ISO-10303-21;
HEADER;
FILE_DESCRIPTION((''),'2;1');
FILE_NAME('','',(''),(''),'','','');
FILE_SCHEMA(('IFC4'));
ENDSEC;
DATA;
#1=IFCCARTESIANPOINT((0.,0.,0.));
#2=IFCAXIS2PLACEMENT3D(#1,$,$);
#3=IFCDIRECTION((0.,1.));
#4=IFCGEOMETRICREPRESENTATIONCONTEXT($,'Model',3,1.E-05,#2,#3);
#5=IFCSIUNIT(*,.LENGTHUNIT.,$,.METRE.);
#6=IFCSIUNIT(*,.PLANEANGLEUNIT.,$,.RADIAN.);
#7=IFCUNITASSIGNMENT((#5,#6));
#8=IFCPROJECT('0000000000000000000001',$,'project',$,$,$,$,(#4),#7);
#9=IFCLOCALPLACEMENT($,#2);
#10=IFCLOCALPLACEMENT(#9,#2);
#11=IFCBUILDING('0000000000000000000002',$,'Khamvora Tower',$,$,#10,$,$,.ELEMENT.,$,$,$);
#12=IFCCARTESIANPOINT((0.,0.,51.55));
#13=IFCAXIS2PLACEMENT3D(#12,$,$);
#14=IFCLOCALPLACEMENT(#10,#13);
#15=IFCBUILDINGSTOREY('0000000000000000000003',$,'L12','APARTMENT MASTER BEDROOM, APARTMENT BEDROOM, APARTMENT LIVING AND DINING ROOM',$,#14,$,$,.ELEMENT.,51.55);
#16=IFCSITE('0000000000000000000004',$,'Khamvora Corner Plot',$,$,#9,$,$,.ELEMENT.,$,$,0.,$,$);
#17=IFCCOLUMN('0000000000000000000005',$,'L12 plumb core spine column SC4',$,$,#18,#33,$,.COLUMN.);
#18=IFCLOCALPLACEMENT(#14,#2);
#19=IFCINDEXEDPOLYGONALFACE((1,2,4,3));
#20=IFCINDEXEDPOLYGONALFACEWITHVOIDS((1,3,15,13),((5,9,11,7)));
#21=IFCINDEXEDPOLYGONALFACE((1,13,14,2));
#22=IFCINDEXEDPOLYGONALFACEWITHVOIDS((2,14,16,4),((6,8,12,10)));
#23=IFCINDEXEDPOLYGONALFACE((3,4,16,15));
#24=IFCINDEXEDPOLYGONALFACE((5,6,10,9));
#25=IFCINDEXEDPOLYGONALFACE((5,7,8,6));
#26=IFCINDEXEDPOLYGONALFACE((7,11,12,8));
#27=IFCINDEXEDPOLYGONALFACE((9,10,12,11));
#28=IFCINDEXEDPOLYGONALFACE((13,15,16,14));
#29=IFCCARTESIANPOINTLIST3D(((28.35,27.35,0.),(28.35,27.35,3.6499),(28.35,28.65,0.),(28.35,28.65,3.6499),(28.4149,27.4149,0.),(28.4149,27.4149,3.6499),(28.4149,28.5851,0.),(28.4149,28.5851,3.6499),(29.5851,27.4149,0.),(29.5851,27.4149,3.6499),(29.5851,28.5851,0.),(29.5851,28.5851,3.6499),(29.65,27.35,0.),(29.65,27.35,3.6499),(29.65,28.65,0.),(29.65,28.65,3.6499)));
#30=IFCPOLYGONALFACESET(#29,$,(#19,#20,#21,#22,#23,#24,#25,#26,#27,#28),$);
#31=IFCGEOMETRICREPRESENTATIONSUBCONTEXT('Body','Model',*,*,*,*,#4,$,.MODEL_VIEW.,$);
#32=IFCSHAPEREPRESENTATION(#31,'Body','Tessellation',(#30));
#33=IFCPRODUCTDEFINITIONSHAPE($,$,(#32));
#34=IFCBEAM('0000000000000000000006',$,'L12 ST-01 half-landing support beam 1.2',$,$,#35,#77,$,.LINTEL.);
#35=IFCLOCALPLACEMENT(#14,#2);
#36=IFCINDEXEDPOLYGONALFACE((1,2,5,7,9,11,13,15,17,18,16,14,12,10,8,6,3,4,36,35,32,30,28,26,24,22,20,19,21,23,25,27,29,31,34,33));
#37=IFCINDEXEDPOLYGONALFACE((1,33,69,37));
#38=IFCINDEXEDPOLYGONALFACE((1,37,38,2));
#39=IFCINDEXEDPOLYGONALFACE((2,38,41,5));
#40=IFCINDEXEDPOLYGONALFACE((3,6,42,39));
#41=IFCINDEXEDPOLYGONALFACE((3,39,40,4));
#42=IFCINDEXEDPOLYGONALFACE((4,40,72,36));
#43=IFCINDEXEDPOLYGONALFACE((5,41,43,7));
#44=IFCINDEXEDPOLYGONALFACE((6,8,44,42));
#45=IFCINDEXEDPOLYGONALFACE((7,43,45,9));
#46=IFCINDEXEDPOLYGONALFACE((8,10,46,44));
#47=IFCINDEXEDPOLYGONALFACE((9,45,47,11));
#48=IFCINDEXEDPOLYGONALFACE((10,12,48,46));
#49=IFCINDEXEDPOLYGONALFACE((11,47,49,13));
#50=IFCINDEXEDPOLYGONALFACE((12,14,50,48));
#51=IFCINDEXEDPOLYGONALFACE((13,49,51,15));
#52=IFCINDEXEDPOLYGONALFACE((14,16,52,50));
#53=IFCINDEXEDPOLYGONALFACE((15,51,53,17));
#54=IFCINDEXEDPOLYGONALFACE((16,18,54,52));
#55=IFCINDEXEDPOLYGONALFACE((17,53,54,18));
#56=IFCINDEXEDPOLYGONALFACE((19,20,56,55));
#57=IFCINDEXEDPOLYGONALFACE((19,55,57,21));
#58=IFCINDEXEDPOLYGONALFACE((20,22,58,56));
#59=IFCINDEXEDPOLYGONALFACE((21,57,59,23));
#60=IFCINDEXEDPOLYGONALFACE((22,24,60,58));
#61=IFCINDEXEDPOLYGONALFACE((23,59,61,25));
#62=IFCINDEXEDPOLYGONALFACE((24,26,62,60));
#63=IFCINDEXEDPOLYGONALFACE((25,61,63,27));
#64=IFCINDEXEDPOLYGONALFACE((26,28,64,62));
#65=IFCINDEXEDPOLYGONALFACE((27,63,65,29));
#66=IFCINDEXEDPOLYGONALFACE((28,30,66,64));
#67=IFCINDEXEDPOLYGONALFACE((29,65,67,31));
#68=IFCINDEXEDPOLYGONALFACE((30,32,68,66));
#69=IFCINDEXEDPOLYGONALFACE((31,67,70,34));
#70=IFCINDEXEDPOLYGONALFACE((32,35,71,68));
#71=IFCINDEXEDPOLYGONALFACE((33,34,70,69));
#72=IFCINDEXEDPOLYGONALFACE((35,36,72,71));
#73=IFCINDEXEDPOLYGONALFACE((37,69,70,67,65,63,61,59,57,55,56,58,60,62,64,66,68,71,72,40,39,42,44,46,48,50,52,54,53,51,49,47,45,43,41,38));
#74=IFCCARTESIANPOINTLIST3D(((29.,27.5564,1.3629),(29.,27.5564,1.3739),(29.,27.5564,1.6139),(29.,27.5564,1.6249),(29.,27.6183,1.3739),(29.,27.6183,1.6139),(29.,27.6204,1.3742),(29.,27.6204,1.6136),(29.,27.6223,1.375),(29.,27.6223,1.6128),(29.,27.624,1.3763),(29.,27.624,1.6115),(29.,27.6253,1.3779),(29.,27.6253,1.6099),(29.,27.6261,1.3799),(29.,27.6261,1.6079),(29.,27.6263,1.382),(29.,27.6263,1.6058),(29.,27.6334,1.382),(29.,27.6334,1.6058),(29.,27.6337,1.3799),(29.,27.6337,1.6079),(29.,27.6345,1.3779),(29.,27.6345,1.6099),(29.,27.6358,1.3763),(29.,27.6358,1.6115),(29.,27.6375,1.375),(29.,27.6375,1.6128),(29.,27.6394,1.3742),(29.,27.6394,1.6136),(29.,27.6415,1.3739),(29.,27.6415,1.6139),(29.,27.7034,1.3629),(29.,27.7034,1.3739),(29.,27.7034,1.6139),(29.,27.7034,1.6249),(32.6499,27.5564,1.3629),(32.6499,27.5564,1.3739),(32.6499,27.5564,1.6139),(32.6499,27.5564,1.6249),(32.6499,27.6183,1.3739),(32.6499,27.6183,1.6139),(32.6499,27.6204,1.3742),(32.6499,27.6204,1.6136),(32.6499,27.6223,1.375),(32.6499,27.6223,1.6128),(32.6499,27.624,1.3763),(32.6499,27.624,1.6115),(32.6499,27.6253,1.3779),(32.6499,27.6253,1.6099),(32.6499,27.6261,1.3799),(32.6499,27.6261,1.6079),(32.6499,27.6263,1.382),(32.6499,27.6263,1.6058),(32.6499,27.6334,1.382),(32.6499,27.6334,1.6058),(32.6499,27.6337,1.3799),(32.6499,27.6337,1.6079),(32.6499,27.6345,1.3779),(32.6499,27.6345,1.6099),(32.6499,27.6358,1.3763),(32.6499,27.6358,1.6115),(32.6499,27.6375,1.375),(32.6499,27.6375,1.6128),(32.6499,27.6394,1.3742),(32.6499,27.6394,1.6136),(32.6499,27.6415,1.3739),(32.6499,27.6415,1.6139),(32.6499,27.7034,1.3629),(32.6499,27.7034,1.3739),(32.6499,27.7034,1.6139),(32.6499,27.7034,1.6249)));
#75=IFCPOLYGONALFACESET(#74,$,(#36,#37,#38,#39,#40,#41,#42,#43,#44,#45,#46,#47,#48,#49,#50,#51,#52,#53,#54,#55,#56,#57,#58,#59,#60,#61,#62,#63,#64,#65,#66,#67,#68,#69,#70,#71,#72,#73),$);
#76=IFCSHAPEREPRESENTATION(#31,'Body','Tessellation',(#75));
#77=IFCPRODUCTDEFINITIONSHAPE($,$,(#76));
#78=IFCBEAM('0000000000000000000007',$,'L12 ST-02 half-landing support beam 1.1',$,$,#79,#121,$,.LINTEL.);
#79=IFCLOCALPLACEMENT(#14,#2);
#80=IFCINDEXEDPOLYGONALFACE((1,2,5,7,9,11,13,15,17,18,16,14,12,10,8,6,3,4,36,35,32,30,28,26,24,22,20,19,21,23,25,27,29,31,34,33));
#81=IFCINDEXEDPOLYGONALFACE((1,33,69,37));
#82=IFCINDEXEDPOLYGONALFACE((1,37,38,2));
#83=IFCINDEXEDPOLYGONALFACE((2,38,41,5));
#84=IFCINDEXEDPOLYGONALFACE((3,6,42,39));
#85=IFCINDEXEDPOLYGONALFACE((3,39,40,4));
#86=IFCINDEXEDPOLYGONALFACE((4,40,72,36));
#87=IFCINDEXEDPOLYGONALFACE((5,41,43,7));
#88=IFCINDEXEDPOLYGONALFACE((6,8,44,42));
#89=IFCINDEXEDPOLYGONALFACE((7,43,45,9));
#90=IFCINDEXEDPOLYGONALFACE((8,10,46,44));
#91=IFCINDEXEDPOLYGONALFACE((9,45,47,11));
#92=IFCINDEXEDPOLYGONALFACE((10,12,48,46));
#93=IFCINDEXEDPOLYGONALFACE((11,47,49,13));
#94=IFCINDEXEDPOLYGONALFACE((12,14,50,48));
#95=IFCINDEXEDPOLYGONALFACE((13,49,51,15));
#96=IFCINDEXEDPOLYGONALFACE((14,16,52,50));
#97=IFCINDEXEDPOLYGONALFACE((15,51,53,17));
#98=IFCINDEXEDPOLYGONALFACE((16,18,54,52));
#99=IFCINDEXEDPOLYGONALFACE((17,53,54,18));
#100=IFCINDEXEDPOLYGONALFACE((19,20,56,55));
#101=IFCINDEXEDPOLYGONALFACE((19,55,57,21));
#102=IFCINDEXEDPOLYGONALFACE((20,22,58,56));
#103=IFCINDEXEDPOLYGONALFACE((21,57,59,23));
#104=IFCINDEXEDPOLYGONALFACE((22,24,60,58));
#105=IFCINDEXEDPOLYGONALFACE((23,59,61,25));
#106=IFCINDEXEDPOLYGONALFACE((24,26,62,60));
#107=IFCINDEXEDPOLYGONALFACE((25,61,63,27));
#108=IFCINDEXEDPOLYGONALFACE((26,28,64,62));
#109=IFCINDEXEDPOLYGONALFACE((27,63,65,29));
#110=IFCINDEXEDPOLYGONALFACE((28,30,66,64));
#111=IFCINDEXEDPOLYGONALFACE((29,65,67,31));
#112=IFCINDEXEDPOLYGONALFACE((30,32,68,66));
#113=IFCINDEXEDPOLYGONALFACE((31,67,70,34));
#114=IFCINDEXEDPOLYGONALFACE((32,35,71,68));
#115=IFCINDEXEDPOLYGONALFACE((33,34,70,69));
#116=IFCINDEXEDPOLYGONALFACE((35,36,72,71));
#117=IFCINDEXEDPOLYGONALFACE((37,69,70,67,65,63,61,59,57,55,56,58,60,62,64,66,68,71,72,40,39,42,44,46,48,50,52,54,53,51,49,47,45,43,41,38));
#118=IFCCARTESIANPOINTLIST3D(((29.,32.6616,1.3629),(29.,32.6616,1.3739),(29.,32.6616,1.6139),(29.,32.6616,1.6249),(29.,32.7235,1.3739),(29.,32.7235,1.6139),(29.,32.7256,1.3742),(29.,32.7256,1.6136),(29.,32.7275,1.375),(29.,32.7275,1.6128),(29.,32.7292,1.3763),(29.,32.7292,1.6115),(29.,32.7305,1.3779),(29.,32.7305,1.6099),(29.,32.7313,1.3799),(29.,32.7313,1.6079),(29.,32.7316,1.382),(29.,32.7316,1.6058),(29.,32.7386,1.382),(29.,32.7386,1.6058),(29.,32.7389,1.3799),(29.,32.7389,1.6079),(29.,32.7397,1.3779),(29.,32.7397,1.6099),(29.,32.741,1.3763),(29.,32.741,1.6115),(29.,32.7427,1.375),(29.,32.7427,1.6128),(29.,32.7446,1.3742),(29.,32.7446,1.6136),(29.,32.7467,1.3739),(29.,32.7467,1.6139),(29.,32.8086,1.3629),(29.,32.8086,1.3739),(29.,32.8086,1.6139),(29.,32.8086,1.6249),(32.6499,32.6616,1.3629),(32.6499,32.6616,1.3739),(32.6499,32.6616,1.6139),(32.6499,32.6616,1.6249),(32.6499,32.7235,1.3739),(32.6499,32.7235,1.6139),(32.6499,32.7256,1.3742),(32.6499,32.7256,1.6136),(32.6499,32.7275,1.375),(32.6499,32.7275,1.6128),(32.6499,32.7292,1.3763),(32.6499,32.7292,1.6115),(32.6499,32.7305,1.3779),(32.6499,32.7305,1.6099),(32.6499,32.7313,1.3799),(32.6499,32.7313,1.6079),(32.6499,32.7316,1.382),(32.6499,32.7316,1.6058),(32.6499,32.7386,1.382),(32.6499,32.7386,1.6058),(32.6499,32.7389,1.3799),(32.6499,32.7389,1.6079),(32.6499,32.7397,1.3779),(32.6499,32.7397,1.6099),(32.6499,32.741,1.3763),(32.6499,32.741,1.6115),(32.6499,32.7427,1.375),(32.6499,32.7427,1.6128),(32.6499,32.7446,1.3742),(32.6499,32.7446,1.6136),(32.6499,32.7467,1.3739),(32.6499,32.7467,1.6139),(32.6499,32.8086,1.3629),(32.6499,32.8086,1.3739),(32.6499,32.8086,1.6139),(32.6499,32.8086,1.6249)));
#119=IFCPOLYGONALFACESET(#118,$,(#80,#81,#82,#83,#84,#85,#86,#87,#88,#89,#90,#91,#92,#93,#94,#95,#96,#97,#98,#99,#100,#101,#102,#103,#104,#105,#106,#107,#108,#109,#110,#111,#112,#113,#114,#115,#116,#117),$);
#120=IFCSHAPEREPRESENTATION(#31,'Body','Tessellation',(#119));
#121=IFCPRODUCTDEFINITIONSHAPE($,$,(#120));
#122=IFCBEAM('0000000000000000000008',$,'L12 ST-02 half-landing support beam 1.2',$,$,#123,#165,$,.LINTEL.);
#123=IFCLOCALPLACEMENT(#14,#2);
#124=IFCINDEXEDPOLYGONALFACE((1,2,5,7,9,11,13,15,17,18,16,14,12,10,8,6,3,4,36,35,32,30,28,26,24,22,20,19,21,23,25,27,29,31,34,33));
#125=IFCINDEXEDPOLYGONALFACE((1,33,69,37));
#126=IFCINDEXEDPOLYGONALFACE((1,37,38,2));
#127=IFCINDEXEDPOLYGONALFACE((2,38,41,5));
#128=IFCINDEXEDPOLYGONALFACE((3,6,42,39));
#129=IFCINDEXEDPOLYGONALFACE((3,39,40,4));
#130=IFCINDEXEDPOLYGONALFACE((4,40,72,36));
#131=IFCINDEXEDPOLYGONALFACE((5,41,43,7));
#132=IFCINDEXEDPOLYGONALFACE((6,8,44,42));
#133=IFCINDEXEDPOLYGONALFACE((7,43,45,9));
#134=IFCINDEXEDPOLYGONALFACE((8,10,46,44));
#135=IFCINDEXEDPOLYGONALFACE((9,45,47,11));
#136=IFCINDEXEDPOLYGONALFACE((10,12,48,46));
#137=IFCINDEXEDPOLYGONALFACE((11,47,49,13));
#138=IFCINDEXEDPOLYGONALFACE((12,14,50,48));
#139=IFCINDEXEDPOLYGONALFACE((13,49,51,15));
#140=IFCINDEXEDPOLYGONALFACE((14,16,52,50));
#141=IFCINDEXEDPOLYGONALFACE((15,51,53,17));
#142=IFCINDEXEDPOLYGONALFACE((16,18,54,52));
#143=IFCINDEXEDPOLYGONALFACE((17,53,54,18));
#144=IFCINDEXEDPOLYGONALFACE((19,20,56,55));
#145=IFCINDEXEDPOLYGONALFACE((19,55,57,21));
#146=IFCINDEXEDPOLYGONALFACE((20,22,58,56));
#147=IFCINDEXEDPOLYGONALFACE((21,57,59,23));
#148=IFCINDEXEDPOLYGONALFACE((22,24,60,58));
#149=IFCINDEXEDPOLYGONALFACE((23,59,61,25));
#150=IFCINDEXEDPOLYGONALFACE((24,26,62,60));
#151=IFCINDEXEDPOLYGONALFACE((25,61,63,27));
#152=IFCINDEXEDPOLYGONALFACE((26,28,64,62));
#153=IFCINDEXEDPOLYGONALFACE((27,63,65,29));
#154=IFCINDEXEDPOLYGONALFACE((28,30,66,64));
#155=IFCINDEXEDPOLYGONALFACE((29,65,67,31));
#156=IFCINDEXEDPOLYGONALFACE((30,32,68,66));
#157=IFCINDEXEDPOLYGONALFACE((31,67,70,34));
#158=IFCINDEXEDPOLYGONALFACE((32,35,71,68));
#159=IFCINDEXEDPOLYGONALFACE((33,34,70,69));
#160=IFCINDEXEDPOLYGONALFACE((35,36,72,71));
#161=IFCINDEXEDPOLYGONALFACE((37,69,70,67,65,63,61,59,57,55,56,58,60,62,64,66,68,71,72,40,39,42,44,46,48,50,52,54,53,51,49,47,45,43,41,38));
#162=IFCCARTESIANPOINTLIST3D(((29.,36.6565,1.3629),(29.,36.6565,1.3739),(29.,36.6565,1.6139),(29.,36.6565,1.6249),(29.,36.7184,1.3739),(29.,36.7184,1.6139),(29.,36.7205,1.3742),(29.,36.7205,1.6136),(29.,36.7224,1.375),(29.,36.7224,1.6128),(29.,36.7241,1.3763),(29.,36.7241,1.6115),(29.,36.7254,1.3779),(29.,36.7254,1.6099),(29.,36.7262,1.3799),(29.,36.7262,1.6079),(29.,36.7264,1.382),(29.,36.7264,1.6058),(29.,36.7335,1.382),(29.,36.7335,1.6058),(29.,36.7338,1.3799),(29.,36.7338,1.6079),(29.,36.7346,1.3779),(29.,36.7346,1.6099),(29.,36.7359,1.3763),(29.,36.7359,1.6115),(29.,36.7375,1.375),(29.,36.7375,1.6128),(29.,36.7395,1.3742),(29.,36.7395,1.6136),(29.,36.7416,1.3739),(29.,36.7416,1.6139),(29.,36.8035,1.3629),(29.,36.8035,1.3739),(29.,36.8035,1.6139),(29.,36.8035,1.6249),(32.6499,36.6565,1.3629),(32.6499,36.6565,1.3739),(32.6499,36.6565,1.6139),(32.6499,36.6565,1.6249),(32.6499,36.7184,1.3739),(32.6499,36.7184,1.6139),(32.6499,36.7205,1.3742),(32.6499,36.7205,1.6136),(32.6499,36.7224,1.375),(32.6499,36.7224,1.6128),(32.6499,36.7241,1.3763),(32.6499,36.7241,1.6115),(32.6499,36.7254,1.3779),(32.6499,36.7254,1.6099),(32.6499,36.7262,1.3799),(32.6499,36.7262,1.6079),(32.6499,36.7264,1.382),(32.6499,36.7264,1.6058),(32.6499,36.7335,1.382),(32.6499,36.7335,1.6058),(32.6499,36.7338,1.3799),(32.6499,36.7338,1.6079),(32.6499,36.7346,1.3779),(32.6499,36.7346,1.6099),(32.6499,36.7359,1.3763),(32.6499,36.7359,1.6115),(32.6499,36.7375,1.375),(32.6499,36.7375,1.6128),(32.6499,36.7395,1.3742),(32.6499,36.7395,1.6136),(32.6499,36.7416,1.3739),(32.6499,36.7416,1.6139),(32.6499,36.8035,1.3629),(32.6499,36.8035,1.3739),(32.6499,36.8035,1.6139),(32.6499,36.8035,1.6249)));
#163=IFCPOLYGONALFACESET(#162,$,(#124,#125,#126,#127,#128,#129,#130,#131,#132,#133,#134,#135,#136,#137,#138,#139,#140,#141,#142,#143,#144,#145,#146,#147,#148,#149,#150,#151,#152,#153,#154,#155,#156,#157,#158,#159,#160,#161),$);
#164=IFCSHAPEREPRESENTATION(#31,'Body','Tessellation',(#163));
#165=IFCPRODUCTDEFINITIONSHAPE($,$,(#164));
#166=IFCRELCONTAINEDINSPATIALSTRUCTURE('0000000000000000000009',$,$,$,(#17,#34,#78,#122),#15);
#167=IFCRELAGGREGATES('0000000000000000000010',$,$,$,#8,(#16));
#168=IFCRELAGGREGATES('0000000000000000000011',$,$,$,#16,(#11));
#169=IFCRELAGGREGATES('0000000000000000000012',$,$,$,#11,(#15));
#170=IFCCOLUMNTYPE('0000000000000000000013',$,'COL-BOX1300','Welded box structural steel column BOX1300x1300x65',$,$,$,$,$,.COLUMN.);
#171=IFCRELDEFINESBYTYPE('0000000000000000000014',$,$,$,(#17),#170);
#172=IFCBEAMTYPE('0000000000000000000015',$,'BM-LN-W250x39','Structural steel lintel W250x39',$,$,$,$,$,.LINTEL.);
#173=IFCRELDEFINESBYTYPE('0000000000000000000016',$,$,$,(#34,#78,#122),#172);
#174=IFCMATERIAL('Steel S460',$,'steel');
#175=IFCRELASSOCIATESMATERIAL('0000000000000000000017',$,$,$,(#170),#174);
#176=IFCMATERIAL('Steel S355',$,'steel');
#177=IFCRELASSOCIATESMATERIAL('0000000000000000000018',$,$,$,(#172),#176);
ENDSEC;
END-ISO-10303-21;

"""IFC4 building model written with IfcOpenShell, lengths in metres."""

from ifc_helpers import new_model, si_unit, direction, frame, origin, origin_2d, place, context, subcontext, project, spatial, hollow_rectangle, i_section, extrude, material, material_profile, profile_set, type_object, element, save


model = new_model("IFC4")

# Units and contexts
model_context = context("Model", 3, precision=1e-05, world=origin(), true_north=direction((0.0, 1.0)))
body_context = subcontext(model_context, "Body", "Model", "MODEL_VIEW")
ifc_project = project(units=[si_unit("LENGTHUNIT", "METRE"), si_unit("PLANEANGLEUNIT", "RADIAN")], contexts=[model_context])

# Site, building, storey
site_placement = place(None, origin())
site = spatial("IfcSite", under=ifc_project, at=site_placement, Name="Khamvora Corner Plot", CompositionType="ELEMENT", RefElevation=0.0)
building_placement = place(site_placement, origin())
building = spatial("IfcBuilding", under=site, at=building_placement, Name="Khamvora Tower", CompositionType="ELEMENT")
storey_placement = place(building_placement, frame((0.0, 0.0, 51.55)))
storey = spatial("IfcBuildingStorey", under=building, at=storey_placement, Name="L12", Description="APARTMENT MASTER BEDROOM, APARTMENT BEDROOM, APARTMENT LIVING AND DINING ROOM", CompositionType="ELEMENT", Elevation=51.55)

# Column
ifc_material_1 = material(Name="Steel S460", Category="steel")
ifc_material_profile_1 = material_profile(ifc_material_1, hollow_rectangle(XDim=1.3, YDim=1.3, WallThickness=0.0649, at=origin_2d()), Name="BOX1300x1300x65")
ifc_profile_set_1 = profile_set([ifc_material_profile_1], Name="Steel S460")
column_type = type_object("IfcColumnType", Name="COL-BOX1300", Description="Welded box structural steel column BOX1300x1300x65", PredefinedType="COLUMN", material=ifc_profile_set_1)
column_placement = place(storey_placement, frame((29.0, 28.0, 0.0), z_axis=(0.0, 0.0, 1.0), x_axis=(1.0, 0.0, 0.0)))
element("IfcColumn", 1, at=column_placement, inside=storey, type_object=column_type, Name="L12 plumb core spine column SC4", PredefinedType="COLUMN", context=body_context, shape_type="SweptSolid", body=[
    extrude(hollow_rectangle(XDim=1.3, YDim=1.3, WallThickness=0.0649, at=origin_2d()), origin(), (0.0, 0.0, 1.0), 3.6499),
])

# Beams
ifc_material_2 = material(Name="Steel S355", Category="steel")
ifc_material_profile_2 = material_profile(ifc_material_2, i_section(OverallWidth=0.147, OverallDepth=0.262, WebThickness=0.0071, FlangeThickness=0.011, FilletRadius=0.0081, at=origin_2d()), Name="W250x39")
ifc_profile_set_2 = profile_set([ifc_material_profile_2], Name="Steel S355")
beam_type_1 = type_object("IfcBeamType", Name="BM-LN-W250x39", Description="Structural steel lintel W250x39", PredefinedType="LINTEL", material=ifc_profile_set_2)
for number, where, z_axis, x_axis, name in (
    (2, (29.0, 27.6299, 1.4939), (1.0, 0.0, 0.0), (0.0, 1.0, 0.0), "L12 ST-01 half-landing support beam 1.2"),
    (3, (29.0, 32.7351, 1.4939), (1.0, 0.0, 0.0), (0.0, 1.0, 0.0), "L12 ST-02 half-landing support beam 1.1"),
    (4, (29.0, 36.73, 1.4939), (1.0, 0.0, 0.0), (0.0, 1.0, 0.0), "L12 ST-02 half-landing support beam 1.2"),
):
    element("IfcBeam", number, at=place(storey_placement, frame(where, z_axis=z_axis, x_axis=x_axis)), inside=storey, type_object=beam_type_1, Name=name, PredefinedType="LINTEL", context=body_context, shape_type="SweptSolid", body=[
        extrude(i_section(OverallWidth=0.147, OverallDepth=0.262, WebThickness=0.0071, FlangeThickness=0.011, FilletRadius=0.0081, at=origin_2d()), origin(), (0.0, 0.0, 1.0), 3.6499),
    ])

save(model, "model.ifc")
